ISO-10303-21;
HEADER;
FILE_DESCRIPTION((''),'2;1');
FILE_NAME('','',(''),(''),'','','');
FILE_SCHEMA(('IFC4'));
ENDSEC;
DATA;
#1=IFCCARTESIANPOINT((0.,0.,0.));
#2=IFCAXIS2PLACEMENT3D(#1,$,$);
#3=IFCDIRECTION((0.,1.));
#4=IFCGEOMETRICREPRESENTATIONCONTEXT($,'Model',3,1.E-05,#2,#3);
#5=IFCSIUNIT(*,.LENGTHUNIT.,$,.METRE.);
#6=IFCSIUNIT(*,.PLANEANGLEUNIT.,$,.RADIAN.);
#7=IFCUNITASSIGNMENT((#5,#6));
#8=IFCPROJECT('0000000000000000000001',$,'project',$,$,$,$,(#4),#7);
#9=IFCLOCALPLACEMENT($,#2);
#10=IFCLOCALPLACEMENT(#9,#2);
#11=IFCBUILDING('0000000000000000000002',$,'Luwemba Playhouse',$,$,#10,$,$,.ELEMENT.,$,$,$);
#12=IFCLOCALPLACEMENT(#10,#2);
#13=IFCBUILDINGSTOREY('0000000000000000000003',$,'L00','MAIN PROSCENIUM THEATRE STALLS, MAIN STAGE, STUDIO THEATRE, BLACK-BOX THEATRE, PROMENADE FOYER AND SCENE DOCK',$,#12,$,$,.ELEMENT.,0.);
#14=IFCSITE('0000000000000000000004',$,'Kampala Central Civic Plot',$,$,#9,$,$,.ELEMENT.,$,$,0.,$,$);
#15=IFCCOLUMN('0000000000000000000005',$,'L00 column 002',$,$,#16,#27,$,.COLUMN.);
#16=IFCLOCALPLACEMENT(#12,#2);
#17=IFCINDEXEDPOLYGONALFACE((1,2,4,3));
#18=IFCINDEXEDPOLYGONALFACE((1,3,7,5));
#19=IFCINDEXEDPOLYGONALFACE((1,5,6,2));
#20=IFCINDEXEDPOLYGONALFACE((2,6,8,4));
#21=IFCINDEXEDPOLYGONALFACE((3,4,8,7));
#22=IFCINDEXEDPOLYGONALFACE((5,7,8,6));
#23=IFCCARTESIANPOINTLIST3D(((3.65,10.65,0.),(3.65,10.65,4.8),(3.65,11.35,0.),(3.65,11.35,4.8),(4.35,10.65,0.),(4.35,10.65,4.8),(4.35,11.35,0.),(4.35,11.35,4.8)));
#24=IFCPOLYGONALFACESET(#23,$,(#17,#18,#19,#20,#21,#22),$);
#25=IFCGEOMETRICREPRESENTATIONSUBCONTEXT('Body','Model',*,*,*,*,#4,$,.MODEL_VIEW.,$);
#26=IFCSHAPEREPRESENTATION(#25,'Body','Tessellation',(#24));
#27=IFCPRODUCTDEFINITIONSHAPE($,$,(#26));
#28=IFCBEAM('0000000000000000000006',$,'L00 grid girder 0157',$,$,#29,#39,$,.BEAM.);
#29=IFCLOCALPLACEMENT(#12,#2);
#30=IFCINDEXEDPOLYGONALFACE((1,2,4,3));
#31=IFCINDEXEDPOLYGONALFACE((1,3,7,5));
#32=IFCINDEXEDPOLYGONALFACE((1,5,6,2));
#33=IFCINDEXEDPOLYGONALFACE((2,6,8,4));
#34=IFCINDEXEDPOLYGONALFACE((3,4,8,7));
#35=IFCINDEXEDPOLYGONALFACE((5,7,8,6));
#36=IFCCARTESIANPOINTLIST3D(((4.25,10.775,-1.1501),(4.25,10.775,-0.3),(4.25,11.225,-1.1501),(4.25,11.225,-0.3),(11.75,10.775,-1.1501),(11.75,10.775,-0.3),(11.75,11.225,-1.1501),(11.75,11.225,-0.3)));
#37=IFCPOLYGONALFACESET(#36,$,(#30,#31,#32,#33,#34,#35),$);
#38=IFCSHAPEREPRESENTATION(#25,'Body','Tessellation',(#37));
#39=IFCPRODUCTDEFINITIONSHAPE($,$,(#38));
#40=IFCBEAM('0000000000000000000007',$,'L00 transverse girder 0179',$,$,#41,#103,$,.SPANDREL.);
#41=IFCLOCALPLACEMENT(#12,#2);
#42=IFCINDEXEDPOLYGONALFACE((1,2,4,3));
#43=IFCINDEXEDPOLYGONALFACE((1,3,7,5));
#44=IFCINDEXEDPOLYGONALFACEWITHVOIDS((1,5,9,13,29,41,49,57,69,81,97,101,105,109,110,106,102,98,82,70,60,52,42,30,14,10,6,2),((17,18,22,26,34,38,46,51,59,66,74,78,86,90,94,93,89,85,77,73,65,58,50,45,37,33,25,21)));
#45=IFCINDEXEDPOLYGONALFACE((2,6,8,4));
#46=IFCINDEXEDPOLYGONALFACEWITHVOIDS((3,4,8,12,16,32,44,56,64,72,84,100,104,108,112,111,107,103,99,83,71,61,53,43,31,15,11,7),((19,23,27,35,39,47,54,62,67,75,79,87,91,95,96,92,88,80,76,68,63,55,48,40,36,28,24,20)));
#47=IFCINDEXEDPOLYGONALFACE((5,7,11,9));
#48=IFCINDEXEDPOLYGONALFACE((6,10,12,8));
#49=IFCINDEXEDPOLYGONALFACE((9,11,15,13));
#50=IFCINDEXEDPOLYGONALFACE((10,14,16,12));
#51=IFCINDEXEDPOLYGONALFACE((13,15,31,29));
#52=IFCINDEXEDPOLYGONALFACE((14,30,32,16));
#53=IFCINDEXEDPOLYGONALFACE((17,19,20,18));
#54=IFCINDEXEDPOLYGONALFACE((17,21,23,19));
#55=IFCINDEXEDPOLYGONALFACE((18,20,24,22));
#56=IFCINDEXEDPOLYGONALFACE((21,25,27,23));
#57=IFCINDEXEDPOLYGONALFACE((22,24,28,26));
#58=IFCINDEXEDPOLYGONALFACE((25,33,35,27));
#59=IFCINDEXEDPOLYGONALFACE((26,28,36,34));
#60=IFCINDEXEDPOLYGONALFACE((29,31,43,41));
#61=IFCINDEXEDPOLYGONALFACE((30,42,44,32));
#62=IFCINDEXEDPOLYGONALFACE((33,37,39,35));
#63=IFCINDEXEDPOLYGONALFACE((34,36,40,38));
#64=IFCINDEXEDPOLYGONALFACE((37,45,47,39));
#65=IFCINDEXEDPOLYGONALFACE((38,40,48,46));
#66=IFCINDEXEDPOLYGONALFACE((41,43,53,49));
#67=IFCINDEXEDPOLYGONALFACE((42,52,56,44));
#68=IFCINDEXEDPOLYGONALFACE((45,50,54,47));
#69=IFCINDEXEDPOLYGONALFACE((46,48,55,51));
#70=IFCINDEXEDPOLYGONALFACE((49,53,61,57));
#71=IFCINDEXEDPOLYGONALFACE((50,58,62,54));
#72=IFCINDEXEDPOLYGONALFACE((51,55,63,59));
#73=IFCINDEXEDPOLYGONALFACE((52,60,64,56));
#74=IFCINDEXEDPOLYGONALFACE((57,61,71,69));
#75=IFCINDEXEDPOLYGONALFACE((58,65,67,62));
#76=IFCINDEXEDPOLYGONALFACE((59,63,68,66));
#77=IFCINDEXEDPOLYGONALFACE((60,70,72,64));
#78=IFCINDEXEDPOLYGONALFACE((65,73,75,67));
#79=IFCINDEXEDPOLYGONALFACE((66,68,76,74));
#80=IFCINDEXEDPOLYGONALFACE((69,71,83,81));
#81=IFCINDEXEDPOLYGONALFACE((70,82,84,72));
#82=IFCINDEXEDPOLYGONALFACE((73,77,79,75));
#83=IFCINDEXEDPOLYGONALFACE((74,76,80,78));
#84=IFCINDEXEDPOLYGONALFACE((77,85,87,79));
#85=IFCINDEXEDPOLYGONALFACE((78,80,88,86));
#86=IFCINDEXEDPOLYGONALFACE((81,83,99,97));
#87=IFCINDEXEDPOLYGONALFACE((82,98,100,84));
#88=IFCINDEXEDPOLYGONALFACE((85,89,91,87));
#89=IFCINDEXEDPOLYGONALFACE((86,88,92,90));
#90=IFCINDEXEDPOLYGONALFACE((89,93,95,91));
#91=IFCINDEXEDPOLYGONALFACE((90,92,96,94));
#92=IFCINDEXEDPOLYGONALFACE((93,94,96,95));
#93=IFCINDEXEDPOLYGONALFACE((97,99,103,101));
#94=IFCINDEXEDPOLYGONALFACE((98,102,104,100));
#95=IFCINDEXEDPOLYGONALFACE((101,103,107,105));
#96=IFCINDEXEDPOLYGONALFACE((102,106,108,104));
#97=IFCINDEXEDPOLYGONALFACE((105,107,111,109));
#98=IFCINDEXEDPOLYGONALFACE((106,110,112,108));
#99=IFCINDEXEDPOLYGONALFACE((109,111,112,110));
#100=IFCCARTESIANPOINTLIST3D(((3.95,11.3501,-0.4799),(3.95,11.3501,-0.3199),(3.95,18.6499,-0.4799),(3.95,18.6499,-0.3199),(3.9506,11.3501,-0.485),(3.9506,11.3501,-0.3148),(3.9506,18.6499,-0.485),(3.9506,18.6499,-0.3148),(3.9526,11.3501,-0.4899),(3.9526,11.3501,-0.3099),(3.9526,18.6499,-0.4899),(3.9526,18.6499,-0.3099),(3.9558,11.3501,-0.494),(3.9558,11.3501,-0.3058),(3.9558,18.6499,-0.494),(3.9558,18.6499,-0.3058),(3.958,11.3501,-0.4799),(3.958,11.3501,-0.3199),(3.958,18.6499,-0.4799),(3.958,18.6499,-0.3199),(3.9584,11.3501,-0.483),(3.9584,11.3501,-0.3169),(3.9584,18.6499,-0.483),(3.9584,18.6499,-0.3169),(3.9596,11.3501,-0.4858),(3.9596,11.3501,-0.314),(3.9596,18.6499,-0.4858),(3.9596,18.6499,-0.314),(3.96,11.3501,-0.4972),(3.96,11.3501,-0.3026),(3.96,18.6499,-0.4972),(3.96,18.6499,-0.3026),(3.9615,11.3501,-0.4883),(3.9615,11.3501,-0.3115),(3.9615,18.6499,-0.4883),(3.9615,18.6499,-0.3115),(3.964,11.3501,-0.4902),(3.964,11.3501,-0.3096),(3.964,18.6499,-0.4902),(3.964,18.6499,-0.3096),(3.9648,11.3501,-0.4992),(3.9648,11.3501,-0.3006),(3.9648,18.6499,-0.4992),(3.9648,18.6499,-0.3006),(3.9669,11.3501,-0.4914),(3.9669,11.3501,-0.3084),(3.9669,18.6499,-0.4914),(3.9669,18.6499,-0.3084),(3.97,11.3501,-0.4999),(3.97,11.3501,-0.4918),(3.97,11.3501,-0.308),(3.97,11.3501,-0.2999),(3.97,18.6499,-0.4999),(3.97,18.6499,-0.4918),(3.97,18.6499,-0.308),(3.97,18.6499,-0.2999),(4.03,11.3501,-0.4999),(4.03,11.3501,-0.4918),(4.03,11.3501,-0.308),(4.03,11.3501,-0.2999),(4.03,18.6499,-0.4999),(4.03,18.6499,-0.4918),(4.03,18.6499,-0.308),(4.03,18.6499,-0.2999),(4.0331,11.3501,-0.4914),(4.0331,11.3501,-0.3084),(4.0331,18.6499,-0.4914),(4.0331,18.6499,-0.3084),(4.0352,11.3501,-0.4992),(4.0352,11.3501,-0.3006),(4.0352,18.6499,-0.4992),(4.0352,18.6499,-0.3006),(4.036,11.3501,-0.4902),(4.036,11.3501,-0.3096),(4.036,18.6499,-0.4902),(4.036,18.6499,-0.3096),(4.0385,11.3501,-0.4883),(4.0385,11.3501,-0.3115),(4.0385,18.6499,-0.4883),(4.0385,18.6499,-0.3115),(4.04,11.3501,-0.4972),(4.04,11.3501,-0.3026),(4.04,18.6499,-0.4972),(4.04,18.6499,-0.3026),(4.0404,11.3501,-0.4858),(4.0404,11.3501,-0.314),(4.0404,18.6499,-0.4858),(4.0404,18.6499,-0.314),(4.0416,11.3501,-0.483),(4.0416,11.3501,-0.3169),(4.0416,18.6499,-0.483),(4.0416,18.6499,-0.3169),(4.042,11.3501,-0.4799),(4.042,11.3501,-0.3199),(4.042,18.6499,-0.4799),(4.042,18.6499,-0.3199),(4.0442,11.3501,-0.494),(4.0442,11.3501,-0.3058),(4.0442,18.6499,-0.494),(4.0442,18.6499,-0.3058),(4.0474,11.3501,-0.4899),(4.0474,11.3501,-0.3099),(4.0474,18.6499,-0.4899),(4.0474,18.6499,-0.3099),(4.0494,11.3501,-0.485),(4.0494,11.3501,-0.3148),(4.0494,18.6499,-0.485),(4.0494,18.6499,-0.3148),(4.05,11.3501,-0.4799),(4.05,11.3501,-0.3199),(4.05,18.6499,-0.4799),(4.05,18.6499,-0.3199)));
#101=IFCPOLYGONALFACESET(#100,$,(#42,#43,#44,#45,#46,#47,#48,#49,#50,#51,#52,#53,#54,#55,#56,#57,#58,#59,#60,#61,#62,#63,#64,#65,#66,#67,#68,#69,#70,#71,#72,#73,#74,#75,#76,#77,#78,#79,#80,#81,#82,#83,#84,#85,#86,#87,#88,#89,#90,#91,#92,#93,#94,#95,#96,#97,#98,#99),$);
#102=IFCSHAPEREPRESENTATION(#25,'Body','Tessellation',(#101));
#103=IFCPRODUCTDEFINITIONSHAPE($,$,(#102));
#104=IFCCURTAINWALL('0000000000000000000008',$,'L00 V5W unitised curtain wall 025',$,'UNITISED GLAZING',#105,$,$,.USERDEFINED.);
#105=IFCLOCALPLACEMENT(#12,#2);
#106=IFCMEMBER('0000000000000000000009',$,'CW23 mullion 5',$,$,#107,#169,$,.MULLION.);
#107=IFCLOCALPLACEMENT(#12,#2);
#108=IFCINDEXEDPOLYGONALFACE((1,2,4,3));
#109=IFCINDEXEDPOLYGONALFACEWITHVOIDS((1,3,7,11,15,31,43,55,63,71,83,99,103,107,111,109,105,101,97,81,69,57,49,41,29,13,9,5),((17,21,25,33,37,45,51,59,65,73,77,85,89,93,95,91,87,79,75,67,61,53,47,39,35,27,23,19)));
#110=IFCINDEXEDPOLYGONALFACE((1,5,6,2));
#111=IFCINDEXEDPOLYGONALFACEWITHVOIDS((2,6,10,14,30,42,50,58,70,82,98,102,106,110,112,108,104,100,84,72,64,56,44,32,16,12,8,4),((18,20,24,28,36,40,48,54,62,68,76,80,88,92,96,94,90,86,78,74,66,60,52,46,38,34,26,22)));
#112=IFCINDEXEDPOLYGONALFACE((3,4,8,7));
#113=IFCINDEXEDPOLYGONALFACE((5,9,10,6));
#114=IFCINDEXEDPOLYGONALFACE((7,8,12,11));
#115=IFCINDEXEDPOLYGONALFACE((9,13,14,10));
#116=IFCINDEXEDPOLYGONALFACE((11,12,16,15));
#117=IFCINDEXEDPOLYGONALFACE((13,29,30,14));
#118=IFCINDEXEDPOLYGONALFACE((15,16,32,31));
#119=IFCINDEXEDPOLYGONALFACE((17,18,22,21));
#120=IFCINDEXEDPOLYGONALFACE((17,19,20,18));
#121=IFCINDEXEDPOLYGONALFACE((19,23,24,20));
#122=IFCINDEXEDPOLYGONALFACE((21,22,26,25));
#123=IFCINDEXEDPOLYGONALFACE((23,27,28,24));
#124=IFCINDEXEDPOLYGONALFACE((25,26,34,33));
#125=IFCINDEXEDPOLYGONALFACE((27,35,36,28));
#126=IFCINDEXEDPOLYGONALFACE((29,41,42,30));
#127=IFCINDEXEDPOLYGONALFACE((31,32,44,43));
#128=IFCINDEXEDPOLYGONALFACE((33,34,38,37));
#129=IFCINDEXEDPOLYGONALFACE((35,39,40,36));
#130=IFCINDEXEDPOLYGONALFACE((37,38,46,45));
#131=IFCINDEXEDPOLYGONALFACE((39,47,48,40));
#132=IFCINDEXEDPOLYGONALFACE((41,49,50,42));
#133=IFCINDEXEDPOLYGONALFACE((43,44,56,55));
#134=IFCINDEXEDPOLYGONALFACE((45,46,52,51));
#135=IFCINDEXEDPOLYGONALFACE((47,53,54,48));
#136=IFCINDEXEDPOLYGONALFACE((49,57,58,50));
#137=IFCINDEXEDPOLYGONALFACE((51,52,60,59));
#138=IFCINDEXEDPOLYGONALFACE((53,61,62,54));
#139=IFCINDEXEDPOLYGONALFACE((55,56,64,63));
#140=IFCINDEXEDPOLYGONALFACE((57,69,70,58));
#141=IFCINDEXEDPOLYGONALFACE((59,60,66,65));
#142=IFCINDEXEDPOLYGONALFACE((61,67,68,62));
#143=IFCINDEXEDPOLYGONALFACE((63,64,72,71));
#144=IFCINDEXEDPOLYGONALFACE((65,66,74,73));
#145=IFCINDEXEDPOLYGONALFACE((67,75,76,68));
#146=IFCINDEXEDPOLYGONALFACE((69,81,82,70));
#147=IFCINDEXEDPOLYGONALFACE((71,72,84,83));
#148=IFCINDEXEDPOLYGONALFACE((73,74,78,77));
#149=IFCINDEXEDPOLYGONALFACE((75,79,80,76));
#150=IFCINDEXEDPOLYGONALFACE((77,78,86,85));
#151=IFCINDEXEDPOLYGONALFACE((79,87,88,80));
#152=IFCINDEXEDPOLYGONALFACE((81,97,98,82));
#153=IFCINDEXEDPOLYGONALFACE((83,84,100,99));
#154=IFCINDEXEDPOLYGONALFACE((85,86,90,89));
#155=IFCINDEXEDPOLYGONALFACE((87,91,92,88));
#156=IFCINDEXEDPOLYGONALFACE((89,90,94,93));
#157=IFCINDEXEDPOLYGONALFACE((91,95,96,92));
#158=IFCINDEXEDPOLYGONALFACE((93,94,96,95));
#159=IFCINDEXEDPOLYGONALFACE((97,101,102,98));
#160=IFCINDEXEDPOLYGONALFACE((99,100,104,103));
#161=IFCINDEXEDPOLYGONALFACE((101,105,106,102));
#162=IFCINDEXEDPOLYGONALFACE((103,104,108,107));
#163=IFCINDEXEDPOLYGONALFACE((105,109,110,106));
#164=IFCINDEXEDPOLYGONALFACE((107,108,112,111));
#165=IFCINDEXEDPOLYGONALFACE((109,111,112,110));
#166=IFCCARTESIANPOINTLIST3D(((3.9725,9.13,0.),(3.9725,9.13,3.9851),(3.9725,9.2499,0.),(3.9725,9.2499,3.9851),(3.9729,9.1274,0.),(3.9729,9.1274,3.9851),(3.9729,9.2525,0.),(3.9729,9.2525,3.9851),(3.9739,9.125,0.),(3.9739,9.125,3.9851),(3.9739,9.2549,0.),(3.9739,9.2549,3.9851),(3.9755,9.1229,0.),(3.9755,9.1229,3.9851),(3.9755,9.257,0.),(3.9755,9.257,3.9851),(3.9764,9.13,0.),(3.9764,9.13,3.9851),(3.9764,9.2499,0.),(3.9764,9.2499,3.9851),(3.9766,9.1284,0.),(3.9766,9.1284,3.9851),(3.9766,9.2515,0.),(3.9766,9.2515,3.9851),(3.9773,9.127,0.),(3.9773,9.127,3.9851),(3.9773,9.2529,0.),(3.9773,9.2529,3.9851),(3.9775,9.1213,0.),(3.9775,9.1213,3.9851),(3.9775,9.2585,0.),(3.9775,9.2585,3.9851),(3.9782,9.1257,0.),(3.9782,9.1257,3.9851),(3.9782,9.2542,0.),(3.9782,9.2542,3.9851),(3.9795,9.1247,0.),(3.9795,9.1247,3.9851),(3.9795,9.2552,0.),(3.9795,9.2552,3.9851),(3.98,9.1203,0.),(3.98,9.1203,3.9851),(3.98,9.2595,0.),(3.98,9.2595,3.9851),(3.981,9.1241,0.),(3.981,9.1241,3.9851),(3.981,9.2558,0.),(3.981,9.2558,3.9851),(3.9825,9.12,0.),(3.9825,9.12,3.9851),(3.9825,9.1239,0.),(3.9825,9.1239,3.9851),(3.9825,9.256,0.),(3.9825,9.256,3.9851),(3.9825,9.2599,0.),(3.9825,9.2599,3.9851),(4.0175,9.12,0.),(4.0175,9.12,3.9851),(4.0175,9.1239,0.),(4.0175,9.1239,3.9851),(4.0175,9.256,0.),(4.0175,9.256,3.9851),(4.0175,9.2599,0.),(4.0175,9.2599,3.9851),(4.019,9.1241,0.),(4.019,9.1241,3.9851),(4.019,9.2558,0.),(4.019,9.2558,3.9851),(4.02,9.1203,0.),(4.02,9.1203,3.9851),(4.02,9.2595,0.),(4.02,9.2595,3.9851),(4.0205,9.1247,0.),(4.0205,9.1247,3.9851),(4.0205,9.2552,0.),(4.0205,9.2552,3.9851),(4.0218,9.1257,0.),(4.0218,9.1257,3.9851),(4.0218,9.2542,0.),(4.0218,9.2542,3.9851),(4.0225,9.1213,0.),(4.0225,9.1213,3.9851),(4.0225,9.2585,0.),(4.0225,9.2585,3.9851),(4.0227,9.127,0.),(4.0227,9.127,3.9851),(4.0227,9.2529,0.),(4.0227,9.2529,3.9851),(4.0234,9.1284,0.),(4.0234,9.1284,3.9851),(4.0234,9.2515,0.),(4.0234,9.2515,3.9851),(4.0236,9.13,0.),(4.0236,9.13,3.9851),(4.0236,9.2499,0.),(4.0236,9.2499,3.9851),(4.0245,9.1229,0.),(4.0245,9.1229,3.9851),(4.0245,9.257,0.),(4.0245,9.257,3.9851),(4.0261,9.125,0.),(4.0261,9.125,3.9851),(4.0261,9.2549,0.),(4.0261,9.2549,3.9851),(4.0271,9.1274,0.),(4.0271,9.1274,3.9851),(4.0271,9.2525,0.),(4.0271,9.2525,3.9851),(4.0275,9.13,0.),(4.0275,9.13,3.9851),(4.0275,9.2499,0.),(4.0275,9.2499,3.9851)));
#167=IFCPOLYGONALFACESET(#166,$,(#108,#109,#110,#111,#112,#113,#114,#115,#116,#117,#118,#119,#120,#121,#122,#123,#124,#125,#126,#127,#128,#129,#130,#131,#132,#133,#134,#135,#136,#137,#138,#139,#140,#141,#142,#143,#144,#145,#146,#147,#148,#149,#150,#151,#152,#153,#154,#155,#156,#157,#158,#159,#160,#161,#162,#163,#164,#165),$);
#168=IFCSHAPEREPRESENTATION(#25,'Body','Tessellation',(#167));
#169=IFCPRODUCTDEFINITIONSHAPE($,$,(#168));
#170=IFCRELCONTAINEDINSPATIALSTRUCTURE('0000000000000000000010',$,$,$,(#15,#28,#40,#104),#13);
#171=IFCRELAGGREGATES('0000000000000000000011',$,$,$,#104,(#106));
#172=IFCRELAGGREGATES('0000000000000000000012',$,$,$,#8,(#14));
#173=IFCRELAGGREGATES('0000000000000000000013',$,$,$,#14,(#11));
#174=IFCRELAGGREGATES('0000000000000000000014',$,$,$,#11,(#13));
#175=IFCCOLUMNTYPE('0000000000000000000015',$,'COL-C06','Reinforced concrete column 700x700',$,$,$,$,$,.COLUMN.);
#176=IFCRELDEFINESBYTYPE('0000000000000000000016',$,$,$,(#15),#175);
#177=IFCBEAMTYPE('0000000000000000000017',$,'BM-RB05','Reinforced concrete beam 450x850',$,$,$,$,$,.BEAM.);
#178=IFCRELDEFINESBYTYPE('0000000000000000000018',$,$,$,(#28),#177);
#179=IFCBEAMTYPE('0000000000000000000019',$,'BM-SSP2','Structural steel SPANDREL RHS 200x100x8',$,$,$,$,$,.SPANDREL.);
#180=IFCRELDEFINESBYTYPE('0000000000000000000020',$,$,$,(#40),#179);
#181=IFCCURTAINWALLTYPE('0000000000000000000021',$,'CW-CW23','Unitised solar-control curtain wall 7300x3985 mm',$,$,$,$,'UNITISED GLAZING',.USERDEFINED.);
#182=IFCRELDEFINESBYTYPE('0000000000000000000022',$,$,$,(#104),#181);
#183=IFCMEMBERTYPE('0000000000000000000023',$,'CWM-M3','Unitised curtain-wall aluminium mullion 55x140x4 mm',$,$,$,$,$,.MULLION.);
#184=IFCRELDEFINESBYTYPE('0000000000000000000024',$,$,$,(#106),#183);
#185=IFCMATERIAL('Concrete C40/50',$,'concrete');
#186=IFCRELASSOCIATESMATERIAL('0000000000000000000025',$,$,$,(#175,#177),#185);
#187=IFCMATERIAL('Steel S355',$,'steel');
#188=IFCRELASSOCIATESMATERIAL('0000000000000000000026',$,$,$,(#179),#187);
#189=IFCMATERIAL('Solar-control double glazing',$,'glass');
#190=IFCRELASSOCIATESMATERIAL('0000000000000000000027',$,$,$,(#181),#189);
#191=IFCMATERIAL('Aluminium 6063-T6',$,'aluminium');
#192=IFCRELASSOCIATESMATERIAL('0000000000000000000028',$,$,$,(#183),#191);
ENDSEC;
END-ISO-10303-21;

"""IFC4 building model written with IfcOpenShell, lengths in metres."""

from ifc_helpers import new_model, si_unit, direction, frame, origin, origin_2d, place, context, subcontext, project, spatial, rectangle, hollow_rectangle, extrude, material, material_profile, profile_set, type_object, element, aggregate, save


model = new_model("IFC4")

# Units and contexts
model_context = context("Model", 3, precision=1e-05, world=origin(), true_north=direction((0.0, 1.0)))
body_context = subcontext(model_context, "Body", "Model", "MODEL_VIEW")
ifc_project = project(units=[si_unit("LENGTHUNIT", "METRE"), si_unit("PLANEANGLEUNIT", "RADIAN")], contexts=[model_context])

# Site, building, storey
site_placement = place(None, origin())
site = spatial("IfcSite", under=ifc_project, at=site_placement, Name="Kampala Central Civic Plot", CompositionType="ELEMENT", RefElevation=0.0)
building_placement = place(site_placement, origin())
building = spatial("IfcBuilding", under=site, at=building_placement, Name="Luwemba Playhouse", CompositionType="ELEMENT")
storey_placement = place(building_placement, origin())
storey = spatial("IfcBuildingStorey", under=building, at=storey_placement, Name="L00", Description="MAIN PROSCENIUM THEATRE STALLS, MAIN STAGE, STUDIO THEATRE, BLACK-BOX THEATRE, PROMENADE FOYER AND SCENE DOCK", CompositionType="ELEMENT", Elevation=0.0)

# Column
ifc_material_1 = material(Name="Concrete C40/50", Category="concrete")
ifc_material_profile_1 = material_profile(ifc_material_1, rectangle(XDim=0.7, YDim=0.7, at=origin_2d()))
ifc_profile_set_1 = profile_set([ifc_material_profile_1], Name="Concrete C40/50")
column_type = type_object("IfcColumnType", Name="COL-C06", Description="Reinforced concrete column 700x700", PredefinedType="COLUMN", material=ifc_profile_set_1)
column_placement = place(storey_placement, frame((4.0, 11.0, 0.0), z_axis=(0.0, 0.0, 1.0), x_axis=(1.0, 0.0, 0.0)))
element("IfcColumn", 1, at=column_placement, inside=storey, type_object=column_type, Name="L00 column 002", PredefinedType="COLUMN", context=body_context, shape_type="SweptSolid", body=[
    extrude(rectangle(XDim=0.7, YDim=0.7, at=origin_2d()), origin(), (0.0, 0.0, 1.0), 4.8),
])

# Beams
ifc_material_profile_2 = material_profile(ifc_material_1, rectangle(XDim=0.45, YDim=0.8501, at=origin_2d()))
ifc_profile_set_2 = profile_set([ifc_material_profile_2], Name="Concrete C40/50")
beam_type_1 = type_object("IfcBeamType", Name="BM-RB05", Description="Reinforced concrete beam 450x850", PredefinedType="BEAM", material=ifc_profile_set_2)
beam_1_placement = place(storey_placement, frame((4.25, 11.0, -0.7251), z_axis=(1.0, 0.0, 0.0), x_axis=(0.0, 1.0, 0.0)))
element("IfcBeam", 2, at=beam_1_placement, inside=storey, type_object=beam_type_1, Name="L00 grid girder 0157", PredefinedType="BEAM", context=body_context, shape_type="SweptSolid", body=[
    extrude(rectangle(XDim=0.45, YDim=0.8501, at=origin_2d()), origin(), (0.0, 0.0, 1.0), 7.5),
])
ifc_material_2 = material(Name="Steel S355", Category="steel")
ifc_material_profile_3 = material_profile(ifc_material_2, hollow_rectangle(XDim=0.1001, YDim=0.2, WallThickness=0.0081, InnerFilletRadius=0.012, OuterFilletRadius=0.02, at=origin_2d()))
ifc_profile_set_3 = profile_set([ifc_material_profile_3], Name="Steel S355")
beam_type_2 = type_object("IfcBeamType", Name="BM-SSP2", Description="Structural steel SPANDREL RHS 200x100x8", PredefinedType="SPANDREL", material=ifc_profile_set_3)
beam_2_placement = place(storey_placement, frame((4.0, 11.3501, -0.3999), z_axis=(0.0, 1.0, 0.0), x_axis=(-1.0, 0.0, 0.0)))
element("IfcBeam", 3, at=beam_2_placement, inside=storey, type_object=beam_type_2, Name="L00 transverse girder 0179", PredefinedType="SPANDREL", context=body_context, shape_type="SweptSolid", body=[
    extrude(hollow_rectangle(XDim=0.1001, YDim=0.2, WallThickness=0.0081, InnerFilletRadius=0.012, OuterFilletRadius=0.02, at=origin_2d()), origin(), (0.0, 0.0, 1.0), 7.2998),
])

# Curtain wall, member
ifc_material_3 = material(Name="Solar-control double glazing", Category="glass")
curtain_wall_type_1 = type_object("IfcCurtainWallType", Name="CW-CW23", Description="Unitised solar-control curtain wall 7300x3985 mm", ElementType="UNITISED GLAZING", PredefinedType="USERDEFINED", material=ifc_material_3)
curtain_wall_1_placement = place(storey_placement, origin())
curtain_wall_1 = element("IfcCurtainWall", 4, at=curtain_wall_1_placement, inside=storey, type_object=curtain_wall_type_1, Name="L00 V5W unitised curtain wall 025", ObjectType="UNITISED GLAZING", PredefinedType="USERDEFINED")
ifc_material_4 = material(Name="Aluminium 6063-T6", Category="aluminium")
ifc_material_profile_4 = material_profile(ifc_material_4, hollow_rectangle(XDim=0.0549, YDim=0.1399, WallThickness=0.0039, InnerFilletRadius=0.0061, OuterFilletRadius=0.01, at=origin_2d()))
ifc_profile_set_4 = profile_set([ifc_material_profile_4], Name="Aluminium 6063-T6")
member_type_1 = type_object("IfcMemberType", Name="CWM-M3", Description="Unitised curtain-wall aluminium mullion 55x140x4 mm", PredefinedType="MULLION", material=ifc_profile_set_4)
member_1_placement = place(storey_placement, frame((4.0, 9.1899, 0.0), z_axis=(0.0, 0.0, 1.0), x_axis=(-1.0, 0.0, 0.0)))
member_1 = element("IfcMember", 5, at=member_1_placement, type_object=member_type_1, Name="CW23 mullion 5", PredefinedType="MULLION", context=body_context, shape_type="SweptSolid", body=[
    extrude(hollow_rectangle(XDim=0.0549, YDim=0.1399, WallThickness=0.0039, InnerFilletRadius=0.0061, OuterFilletRadius=0.01, at=origin_2d()), origin(), (0.0, 0.0, 1.0), 3.9851),
])

aggregate(curtain_wall_1, [member_1])

save(model, "model.ifc")
